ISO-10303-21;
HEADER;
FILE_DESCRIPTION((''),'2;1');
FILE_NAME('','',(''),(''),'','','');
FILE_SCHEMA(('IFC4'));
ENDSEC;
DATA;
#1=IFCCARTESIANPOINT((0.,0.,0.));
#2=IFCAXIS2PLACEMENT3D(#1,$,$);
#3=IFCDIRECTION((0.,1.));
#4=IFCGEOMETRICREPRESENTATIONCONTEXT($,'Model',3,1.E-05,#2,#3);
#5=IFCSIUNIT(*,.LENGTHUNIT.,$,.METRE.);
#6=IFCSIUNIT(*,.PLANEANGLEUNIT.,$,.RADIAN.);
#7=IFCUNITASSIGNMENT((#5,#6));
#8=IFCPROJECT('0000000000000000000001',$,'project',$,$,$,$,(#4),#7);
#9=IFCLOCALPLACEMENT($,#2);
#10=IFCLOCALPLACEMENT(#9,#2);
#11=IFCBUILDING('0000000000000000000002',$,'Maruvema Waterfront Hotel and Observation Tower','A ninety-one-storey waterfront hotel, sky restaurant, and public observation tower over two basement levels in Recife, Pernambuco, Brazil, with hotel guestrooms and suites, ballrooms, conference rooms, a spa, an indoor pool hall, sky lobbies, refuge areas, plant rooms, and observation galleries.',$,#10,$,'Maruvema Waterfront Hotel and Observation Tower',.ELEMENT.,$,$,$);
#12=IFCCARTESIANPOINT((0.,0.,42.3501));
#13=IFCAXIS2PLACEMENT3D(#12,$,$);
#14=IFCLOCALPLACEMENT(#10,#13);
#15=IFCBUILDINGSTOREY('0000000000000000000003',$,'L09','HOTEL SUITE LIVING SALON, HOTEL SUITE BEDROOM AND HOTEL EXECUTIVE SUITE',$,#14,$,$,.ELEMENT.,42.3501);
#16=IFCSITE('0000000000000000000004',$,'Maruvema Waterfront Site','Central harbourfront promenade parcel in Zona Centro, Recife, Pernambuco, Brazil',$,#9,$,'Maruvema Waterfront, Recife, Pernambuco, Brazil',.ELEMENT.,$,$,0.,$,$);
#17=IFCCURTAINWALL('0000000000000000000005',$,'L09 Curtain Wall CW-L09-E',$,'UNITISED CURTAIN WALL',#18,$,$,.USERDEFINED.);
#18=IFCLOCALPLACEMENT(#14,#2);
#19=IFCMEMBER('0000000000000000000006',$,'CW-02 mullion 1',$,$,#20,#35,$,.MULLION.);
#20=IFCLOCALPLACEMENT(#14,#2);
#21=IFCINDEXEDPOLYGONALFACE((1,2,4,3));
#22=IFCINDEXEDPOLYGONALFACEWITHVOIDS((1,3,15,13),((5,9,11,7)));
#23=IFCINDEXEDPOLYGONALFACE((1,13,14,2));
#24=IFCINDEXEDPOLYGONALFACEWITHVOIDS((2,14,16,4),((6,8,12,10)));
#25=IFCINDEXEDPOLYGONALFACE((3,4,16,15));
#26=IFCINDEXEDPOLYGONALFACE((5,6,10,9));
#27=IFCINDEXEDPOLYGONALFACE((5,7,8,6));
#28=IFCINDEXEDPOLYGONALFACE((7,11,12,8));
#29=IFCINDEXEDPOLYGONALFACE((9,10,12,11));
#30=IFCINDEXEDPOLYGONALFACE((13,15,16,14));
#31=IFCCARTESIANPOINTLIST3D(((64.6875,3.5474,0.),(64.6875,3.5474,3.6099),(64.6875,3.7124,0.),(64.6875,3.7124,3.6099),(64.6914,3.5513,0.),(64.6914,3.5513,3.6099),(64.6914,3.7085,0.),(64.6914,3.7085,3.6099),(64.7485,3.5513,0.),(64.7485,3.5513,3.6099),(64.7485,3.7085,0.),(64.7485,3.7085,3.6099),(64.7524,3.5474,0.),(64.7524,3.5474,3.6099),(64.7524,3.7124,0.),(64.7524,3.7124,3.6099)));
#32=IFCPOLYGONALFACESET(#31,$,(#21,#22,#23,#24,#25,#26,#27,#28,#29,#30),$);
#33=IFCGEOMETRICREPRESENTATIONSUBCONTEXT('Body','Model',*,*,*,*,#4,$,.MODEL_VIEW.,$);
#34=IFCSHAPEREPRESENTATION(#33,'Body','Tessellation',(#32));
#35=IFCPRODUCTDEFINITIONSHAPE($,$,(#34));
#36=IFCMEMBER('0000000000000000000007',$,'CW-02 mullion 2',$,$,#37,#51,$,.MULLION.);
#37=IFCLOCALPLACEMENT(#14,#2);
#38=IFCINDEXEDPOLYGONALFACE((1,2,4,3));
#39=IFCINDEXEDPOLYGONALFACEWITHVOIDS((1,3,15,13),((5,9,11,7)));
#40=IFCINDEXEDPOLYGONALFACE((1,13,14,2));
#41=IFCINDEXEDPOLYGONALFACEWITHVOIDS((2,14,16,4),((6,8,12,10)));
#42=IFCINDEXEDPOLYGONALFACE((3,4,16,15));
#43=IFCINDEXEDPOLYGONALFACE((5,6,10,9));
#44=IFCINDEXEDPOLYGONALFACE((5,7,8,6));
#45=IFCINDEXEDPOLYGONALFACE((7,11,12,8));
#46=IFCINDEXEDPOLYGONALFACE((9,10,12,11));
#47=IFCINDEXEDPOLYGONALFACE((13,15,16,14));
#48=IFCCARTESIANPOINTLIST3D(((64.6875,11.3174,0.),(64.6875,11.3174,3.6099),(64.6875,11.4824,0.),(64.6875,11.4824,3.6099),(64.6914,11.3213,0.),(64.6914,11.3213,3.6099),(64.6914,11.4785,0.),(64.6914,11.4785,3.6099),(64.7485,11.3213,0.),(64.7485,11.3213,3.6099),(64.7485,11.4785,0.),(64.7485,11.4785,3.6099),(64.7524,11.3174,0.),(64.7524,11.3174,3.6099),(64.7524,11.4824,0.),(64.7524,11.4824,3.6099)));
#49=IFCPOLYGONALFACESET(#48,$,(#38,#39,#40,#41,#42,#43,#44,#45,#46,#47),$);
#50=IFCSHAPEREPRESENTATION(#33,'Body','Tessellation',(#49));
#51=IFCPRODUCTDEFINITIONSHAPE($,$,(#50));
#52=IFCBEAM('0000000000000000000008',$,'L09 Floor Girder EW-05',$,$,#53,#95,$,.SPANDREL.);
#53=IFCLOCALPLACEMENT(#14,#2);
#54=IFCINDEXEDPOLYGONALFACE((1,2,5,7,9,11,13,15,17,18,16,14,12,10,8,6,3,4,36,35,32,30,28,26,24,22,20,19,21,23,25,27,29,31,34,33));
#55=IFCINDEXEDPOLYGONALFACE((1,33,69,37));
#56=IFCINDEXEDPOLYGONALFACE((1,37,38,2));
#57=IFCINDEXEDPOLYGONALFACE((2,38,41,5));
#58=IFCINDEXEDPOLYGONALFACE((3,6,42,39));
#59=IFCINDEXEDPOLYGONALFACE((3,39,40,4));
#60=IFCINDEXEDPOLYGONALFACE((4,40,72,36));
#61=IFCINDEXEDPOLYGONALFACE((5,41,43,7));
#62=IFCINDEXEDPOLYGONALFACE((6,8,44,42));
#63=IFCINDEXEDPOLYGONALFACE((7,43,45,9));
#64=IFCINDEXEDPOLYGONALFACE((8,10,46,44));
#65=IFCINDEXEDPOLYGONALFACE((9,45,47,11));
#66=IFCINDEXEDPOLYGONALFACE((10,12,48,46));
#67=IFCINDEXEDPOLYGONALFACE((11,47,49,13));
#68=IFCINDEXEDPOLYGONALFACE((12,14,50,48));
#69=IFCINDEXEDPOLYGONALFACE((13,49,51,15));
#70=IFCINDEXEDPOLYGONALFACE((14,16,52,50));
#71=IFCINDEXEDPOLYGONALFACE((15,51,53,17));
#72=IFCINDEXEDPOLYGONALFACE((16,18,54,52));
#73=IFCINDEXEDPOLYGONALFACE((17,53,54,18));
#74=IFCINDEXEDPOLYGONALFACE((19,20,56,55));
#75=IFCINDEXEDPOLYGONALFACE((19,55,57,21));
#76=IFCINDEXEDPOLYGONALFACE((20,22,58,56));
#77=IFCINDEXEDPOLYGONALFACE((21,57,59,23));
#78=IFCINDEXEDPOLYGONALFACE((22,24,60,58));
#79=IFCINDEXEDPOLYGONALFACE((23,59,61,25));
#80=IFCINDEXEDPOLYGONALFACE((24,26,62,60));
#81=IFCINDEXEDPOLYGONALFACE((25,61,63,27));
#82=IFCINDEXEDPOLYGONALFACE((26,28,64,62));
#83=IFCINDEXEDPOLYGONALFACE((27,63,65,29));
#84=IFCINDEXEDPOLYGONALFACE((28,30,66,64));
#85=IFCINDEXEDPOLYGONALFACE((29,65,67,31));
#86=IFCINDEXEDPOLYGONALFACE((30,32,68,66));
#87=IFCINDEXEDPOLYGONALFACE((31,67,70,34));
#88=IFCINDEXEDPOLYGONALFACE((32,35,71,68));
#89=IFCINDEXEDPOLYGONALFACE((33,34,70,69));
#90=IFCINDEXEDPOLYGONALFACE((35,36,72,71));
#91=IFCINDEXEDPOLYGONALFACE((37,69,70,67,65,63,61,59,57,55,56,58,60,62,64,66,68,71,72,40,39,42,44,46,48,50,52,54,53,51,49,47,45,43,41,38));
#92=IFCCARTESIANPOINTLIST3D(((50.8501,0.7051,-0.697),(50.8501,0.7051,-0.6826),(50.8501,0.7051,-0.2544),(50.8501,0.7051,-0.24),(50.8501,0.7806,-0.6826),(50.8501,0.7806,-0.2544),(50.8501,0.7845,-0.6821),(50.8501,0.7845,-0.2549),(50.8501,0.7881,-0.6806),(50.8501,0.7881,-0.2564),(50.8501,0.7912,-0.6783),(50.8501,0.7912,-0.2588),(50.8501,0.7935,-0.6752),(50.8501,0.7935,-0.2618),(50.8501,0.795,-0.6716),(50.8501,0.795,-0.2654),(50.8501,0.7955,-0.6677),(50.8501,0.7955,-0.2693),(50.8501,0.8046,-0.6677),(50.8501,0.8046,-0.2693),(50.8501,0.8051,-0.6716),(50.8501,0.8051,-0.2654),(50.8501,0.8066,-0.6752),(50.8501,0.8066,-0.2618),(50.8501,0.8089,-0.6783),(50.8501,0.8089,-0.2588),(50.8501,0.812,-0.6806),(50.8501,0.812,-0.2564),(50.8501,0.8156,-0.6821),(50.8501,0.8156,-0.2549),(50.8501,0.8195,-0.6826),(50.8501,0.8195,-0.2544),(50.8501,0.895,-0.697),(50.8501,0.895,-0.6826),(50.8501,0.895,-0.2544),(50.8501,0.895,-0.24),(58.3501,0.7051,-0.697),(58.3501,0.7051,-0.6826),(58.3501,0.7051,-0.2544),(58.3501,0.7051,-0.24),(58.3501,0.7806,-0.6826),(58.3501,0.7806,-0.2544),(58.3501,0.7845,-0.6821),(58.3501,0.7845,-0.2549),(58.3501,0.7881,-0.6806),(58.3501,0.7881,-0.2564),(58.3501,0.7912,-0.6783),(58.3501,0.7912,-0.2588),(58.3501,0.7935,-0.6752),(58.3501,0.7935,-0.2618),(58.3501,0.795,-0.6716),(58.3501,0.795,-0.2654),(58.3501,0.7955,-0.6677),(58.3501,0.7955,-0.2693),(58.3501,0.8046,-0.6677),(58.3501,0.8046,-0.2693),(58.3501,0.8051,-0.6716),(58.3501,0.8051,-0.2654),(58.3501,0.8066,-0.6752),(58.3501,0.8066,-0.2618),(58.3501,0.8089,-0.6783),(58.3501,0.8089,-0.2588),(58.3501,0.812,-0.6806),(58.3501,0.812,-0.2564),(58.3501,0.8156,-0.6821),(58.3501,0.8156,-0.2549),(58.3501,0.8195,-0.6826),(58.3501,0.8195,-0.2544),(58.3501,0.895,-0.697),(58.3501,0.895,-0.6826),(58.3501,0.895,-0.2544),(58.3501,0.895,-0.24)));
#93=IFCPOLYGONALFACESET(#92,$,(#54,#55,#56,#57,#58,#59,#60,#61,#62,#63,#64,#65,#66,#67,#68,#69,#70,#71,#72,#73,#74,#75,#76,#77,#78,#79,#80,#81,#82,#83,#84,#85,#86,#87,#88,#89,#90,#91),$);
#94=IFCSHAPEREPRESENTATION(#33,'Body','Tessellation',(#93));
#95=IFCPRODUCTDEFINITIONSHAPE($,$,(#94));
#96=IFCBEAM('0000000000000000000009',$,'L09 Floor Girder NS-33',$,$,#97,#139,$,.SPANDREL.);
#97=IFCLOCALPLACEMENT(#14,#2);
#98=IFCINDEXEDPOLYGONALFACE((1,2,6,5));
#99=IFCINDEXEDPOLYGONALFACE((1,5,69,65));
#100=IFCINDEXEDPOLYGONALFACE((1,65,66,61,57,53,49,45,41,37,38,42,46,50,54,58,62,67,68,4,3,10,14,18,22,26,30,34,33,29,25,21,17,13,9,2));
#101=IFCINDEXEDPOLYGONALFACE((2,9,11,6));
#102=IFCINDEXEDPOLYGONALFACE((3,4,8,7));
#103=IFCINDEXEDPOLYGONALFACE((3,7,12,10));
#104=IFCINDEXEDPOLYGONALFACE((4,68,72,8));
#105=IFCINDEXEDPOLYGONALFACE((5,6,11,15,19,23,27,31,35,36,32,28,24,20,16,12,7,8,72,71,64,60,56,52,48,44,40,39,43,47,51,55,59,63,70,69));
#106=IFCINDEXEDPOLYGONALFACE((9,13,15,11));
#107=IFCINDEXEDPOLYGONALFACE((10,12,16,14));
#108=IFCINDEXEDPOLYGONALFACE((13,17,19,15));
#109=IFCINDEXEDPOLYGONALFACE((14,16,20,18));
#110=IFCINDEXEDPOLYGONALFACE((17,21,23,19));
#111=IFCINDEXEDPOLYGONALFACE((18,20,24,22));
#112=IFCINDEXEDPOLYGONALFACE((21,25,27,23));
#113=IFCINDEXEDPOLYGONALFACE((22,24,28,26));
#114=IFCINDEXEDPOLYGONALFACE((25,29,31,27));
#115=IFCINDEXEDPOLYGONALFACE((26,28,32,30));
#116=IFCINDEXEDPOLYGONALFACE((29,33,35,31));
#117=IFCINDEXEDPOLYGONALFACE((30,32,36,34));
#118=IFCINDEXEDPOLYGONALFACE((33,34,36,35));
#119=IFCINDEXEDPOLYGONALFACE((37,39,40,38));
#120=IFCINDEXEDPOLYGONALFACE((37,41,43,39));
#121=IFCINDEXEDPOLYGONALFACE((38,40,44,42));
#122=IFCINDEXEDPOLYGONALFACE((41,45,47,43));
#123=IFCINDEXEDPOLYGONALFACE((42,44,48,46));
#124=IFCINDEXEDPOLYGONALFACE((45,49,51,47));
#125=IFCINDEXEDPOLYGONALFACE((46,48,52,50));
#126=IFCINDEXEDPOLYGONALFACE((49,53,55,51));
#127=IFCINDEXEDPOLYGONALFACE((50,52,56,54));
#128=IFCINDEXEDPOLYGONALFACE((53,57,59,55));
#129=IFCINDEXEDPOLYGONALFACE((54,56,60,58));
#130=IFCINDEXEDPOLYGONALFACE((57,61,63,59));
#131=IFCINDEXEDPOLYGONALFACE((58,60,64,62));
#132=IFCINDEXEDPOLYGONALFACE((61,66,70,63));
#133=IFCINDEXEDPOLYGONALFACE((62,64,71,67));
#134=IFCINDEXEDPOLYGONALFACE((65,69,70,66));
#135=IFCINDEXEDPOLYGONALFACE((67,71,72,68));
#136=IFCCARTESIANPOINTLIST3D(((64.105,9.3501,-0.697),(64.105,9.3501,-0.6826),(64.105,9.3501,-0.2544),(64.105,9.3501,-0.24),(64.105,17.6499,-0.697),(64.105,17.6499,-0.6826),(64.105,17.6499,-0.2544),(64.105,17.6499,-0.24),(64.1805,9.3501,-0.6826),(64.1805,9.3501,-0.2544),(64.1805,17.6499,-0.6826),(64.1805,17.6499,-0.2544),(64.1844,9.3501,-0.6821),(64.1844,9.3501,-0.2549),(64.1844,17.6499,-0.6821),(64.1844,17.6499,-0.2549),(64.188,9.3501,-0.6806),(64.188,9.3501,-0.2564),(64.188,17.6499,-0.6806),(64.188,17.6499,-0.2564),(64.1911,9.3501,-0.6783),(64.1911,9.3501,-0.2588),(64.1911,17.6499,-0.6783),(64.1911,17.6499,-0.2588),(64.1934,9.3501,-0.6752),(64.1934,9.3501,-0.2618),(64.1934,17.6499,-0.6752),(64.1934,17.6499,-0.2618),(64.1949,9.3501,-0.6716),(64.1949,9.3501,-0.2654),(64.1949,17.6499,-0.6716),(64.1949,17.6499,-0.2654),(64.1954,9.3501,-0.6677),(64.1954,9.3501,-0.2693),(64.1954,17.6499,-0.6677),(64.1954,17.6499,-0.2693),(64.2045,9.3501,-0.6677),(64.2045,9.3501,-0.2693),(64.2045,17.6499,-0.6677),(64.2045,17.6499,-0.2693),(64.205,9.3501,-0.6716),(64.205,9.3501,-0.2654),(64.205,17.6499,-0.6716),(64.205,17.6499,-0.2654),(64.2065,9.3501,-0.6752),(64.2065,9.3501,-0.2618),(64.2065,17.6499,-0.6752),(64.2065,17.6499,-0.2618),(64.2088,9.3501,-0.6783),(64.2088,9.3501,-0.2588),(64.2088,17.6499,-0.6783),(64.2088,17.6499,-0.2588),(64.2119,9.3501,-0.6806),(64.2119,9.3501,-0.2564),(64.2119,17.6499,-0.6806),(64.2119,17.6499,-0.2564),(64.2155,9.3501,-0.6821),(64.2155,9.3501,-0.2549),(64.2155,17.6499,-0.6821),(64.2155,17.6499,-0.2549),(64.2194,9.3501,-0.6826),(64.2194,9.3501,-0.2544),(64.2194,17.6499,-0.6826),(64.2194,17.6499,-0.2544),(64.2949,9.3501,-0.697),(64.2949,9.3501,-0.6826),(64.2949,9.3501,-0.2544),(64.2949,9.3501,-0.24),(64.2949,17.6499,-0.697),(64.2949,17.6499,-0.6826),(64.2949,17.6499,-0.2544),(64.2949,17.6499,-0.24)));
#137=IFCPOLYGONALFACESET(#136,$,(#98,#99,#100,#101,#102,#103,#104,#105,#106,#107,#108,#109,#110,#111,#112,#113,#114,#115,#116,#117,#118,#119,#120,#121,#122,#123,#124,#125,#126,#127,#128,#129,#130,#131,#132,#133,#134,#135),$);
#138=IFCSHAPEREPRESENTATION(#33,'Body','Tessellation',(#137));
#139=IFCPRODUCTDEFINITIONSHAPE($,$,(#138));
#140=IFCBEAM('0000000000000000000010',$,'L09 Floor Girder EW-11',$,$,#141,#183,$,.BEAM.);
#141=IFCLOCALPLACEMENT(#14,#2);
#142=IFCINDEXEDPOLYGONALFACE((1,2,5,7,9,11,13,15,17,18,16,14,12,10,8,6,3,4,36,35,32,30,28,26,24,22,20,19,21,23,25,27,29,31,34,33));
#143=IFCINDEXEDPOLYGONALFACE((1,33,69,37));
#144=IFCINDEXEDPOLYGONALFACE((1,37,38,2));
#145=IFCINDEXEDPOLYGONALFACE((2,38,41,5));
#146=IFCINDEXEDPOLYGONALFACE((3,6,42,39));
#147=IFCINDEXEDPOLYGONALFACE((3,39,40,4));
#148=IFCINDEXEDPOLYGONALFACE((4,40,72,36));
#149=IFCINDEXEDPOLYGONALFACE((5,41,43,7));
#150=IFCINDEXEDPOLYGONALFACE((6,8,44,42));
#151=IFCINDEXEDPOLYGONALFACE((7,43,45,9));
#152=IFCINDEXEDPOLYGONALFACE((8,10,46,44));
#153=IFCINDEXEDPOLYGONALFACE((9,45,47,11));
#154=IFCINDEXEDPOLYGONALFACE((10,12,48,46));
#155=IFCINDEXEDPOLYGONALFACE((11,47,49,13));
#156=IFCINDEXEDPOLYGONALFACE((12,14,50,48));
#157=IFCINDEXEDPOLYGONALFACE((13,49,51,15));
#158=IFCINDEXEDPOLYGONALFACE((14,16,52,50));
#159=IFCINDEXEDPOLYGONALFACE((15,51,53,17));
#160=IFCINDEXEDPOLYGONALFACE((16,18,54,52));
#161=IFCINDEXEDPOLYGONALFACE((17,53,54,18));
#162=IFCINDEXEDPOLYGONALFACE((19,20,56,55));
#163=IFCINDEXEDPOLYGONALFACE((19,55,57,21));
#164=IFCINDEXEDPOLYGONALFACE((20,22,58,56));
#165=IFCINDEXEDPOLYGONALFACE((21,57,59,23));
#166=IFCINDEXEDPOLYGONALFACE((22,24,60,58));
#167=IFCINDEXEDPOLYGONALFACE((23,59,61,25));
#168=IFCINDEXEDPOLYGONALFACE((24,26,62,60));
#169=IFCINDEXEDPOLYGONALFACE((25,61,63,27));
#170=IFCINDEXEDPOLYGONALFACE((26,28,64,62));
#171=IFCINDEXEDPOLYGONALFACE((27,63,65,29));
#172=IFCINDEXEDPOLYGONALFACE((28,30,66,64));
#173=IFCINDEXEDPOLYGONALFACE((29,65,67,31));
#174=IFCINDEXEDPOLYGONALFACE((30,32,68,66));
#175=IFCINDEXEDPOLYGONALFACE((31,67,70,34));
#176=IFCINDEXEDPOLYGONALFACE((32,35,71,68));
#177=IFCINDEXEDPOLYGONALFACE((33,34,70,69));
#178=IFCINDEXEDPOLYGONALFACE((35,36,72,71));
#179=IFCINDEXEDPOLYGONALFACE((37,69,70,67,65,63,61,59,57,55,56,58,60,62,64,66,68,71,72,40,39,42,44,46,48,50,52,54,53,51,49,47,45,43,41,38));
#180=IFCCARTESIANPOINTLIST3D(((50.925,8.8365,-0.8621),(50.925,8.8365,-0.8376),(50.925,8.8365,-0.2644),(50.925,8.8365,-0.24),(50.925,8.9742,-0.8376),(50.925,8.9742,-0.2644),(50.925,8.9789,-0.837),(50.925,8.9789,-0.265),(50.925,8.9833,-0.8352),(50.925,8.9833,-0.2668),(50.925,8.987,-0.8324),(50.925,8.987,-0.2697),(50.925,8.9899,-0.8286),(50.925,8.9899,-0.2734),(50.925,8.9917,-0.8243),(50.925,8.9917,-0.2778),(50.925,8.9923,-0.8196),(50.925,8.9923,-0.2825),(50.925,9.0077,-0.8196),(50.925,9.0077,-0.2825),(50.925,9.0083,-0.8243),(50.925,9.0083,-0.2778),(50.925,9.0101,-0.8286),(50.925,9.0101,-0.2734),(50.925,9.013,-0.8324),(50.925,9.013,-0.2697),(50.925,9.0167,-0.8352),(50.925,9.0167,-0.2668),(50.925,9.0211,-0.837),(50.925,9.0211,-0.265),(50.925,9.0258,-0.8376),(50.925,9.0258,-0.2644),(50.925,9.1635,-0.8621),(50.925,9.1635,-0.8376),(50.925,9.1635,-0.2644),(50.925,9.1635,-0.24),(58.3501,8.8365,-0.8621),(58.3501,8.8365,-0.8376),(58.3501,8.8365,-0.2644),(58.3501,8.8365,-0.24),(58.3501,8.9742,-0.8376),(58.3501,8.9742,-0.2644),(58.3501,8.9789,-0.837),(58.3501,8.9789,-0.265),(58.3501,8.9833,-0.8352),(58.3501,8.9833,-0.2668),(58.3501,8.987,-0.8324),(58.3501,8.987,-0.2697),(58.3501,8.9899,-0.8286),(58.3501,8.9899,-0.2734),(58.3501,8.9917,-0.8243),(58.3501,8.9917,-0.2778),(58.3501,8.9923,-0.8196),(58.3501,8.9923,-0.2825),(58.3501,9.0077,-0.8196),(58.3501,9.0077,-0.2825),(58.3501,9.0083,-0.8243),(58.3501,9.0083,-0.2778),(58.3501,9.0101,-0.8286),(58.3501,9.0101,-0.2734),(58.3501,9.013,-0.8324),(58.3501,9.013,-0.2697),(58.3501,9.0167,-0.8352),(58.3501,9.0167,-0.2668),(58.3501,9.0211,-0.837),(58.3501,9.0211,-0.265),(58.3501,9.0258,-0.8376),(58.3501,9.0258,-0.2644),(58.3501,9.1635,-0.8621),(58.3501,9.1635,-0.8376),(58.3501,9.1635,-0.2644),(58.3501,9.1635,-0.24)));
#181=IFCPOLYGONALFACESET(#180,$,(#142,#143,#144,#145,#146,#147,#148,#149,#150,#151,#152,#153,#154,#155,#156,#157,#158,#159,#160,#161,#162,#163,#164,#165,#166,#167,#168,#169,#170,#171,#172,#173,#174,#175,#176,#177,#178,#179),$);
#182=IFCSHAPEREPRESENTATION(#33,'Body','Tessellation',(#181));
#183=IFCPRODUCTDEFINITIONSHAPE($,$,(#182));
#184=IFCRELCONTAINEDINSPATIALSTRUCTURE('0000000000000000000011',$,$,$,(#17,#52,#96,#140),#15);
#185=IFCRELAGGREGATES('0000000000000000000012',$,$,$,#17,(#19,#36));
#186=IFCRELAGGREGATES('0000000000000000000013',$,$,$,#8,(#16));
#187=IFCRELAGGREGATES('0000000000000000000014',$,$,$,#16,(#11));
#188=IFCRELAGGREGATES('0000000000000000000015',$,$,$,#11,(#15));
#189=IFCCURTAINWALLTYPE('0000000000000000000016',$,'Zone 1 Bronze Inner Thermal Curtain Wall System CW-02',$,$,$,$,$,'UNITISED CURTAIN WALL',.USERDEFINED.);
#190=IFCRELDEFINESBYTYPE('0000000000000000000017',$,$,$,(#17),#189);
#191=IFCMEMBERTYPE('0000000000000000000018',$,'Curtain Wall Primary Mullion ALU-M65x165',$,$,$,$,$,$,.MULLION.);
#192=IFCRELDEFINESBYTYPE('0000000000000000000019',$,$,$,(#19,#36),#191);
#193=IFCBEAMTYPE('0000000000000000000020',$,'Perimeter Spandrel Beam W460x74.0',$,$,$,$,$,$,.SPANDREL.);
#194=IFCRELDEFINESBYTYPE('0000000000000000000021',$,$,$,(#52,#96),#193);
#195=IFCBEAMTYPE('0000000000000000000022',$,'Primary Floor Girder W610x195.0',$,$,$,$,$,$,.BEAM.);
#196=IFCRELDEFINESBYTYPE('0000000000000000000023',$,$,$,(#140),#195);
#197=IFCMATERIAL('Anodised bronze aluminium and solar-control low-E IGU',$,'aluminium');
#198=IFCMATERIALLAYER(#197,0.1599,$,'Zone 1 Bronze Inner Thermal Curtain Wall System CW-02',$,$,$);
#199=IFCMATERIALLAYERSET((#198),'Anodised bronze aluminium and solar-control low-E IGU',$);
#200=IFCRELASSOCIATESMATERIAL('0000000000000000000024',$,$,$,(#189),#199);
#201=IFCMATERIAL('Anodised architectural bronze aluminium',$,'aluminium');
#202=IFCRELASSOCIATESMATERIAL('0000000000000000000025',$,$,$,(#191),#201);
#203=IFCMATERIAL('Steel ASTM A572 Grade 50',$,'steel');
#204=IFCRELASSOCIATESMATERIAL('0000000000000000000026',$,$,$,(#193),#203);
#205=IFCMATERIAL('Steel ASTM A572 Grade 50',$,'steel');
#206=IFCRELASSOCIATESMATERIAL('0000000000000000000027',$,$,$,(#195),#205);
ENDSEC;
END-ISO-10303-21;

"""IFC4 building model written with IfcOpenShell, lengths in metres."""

from ifc_helpers import new_model, si_unit, direction, frame, origin, origin_2d, place, context, subcontext, project, spatial, hollow_rectangle, i_section, extrude, material, layer, layer_set, material_profile, profile_set, type_object, element, aggregate, save


model = new_model("IFC4")

# Units and contexts
model_context = context("Model", 3, precision=1e-05, world=origin(), true_north=direction((0.0, 1.0)))
body_context = subcontext(model_context, "Body", "Model", "MODEL_VIEW")
ifc_project = project(units=[si_unit("LENGTHUNIT", "METRE"), si_unit("PLANEANGLEUNIT", "RADIAN")], contexts=[model_context])

# Site, building, storey
site_placement = place(None, origin())
site = spatial("IfcSite", under=ifc_project, at=site_placement, Name="Maruvema Waterfront Site", Description="Central harbourfront promenade parcel in Zona Centro, Recife, Pernambuco, Brazil", LongName="Maruvema Waterfront, Recife, Pernambuco, Brazil", CompositionType="ELEMENT", RefElevation=0.0)
building_placement = place(site_placement, origin())
building = spatial("IfcBuilding", under=site, at=building_placement, Name="Maruvema Waterfront Hotel and Observation Tower", Description="A ninety-one-storey waterfront hotel, sky restaurant, and public observation tower over two basement levels in Recife, Pernambuco, Brazil, with hotel guestrooms and suites, ballrooms, conference rooms, a spa, an indoor pool hall, sky lobbies, refuge areas, plant rooms, and observation galleries.", LongName="Maruvema Waterfront Hotel and Observation Tower", CompositionType="ELEMENT")
storey_placement = place(building_placement, frame((0.0, 0.0, 42.3501)))
storey = spatial("IfcBuildingStorey", under=building, at=storey_placement, Name="L09", Description="HOTEL SUITE LIVING SALON, HOTEL SUITE BEDROOM AND HOTEL EXECUTIVE SUITE", CompositionType="ELEMENT", Elevation=42.3501)

# Curtain wall
ifc_material_1 = material(Name="Anodised bronze aluminium and solar-control low-E IGU", Category="aluminium")
ifc_layer_1 = layer(ifc_material_1, 0.1599, Name="Zone 1 Bronze Inner Thermal Curtain Wall System CW-02")
ifc_layer_set_1 = layer_set([ifc_layer_1], Name="Anodised bronze aluminium and solar-control low-E IGU")
curtain_wall_type = type_object("IfcCurtainWallType", Name="Zone 1 Bronze Inner Thermal Curtain Wall System CW-02", ElementType="UNITISED CURTAIN WALL", PredefinedType="USERDEFINED", material=ifc_layer_set_1)
curtain_wall_1_placement = place(storey_placement, origin())
curtain_wall_1 = element("IfcCurtainWall", 1, at=curtain_wall_1_placement, inside=storey, type_object=curtain_wall_type, Name="L09 Curtain Wall CW-L09-E", ObjectType="UNITISED CURTAIN WALL", PredefinedType="USERDEFINED")

# Members
ifc_material_2 = material(Name="Anodised architectural bronze aluminium", Category="aluminium")
ifc_material_profile_1 = material_profile(ifc_material_2, hollow_rectangle(XDim=0.0649, YDim=0.165, WallThickness=0.0039, at=origin_2d()), Name="ALU-M65x165")
ifc_profile_set_1 = profile_set([ifc_material_profile_1], Name="Anodised architectural bronze aluminium")
member_type_1 = type_object("IfcMemberType", Name="Curtain Wall Primary Mullion ALU-M65x165", PredefinedType="MULLION", material=ifc_profile_set_1)
member_1_placement = place(storey_placement, frame((64.72, 3.6299, 0.0), z_axis=(0.0, 0.0, 1.0), x_axis=(-1.0, 0.0, 0.0)))
member_1 = element("IfcMember", 2, at=member_1_placement, type_object=member_type_1, Name="CW-02 mullion 1", PredefinedType="MULLION", context=body_context, shape_type="SweptSolid", body=[
    extrude(hollow_rectangle(XDim=0.0649, YDim=0.165, WallThickness=0.0039, at=origin_2d()), origin(), (0.0, 0.0, 1.0), 3.6099),
])
member_2_placement = place(storey_placement, frame((64.72, 11.3999, 0.0), z_axis=(0.0, 0.0, 1.0), x_axis=(-1.0, 0.0, 0.0)))
member_2 = element("IfcMember", 3, at=member_2_placement, type_object=member_type_1, Name="CW-02 mullion 2", PredefinedType="MULLION", context=body_context, shape_type="SweptSolid", body=[
    extrude(hollow_rectangle(XDim=0.0649, YDim=0.165, WallThickness=0.0039, at=origin_2d()), origin(), (0.0, 0.0, 1.0), 3.6099),
])

# Beams
ifc_material_3 = material(Name="Steel ASTM A572 Grade 50", Category="steel")
ifc_material_profile_2 = material_profile(ifc_material_3, i_section(OverallWidth=0.1899, OverallDepth=0.457, WebThickness=0.009, FlangeThickness=0.0144, FilletRadius=0.0149, at=origin_2d()), Name="W460x74.0")
ifc_profile_set_2 = profile_set([ifc_material_profile_2], Name="Steel ASTM A572 Grade 50")
beam_type_1 = type_object("IfcBeamType", Name="Perimeter Spandrel Beam W460x74.0", PredefinedType="SPANDREL", material=ifc_profile_set_2)
beam_1_placement = place(storey_placement, frame((50.8501, 0.8, -0.4685), z_axis=(1.0, 0.0, 0.0), x_axis=(0.0, 1.0, 0.0)))
element("IfcBeam", 4, at=beam_1_placement, inside=storey, type_object=beam_type_1, Name="L09 Floor Girder EW-05", PredefinedType="SPANDREL", context=body_context, shape_type="SweptSolid", body=[
    extrude(i_section(OverallWidth=0.1899, OverallDepth=0.457, WebThickness=0.009, FlangeThickness=0.0144, FilletRadius=0.0149, at=origin_2d()), origin(), (0.0, 0.0, 1.0), 7.5),
])
beam_2_placement = place(storey_placement, frame((64.2, 9.3501, -0.4685), z_axis=(0.0, 1.0, 0.0), x_axis=(-1.0, 0.0, 0.0)))
element("IfcBeam", 5, at=beam_2_placement, inside=storey, type_object=beam_type_1, Name="L09 Floor Girder NS-33", PredefinedType="SPANDREL", context=body_context, shape_type="SweptSolid", body=[
    extrude(i_section(OverallWidth=0.1899, OverallDepth=0.457, WebThickness=0.009, FlangeThickness=0.0144, FilletRadius=0.0149, at=origin_2d()), origin(), (0.0, 0.0, 1.0), 8.2998),
])
ifc_material_4 = material(Name="Steel ASTM A572 Grade 50", Category="steel")
ifc_material_profile_3 = material_profile(ifc_material_4, i_section(OverallWidth=0.3269, OverallDepth=0.6221, WebThickness=0.0154, FlangeThickness=0.0244, FilletRadius=0.0181, at=origin_2d()), Name="W610x195.0")
ifc_profile_set_3 = profile_set([ifc_material_profile_3], Name="Steel ASTM A572 Grade 50")
beam_type_2 = type_object("IfcBeamType", Name="Primary Floor Girder W610x195.0", PredefinedType="BEAM", material=ifc_profile_set_3)
beam_3_placement = place(storey_placement, frame((50.925, 9.0, -0.551), z_axis=(1.0, 0.0, 0.0), x_axis=(0.0, 1.0, 0.0)))
element("IfcBeam", 6, at=beam_3_placement, inside=storey, type_object=beam_type_2, Name="L09 Floor Girder EW-11", PredefinedType="BEAM", context=body_context, shape_type="SweptSolid", body=[
    extrude(i_section(OverallWidth=0.3269, OverallDepth=0.6221, WebThickness=0.0154, FlangeThickness=0.0244, FilletRadius=0.0181, at=origin_2d()), origin(), (0.0, 0.0, 1.0), 7.425),
])

aggregate(curtain_wall_1, [member_1, member_2])

save(model, "model.ifc")
